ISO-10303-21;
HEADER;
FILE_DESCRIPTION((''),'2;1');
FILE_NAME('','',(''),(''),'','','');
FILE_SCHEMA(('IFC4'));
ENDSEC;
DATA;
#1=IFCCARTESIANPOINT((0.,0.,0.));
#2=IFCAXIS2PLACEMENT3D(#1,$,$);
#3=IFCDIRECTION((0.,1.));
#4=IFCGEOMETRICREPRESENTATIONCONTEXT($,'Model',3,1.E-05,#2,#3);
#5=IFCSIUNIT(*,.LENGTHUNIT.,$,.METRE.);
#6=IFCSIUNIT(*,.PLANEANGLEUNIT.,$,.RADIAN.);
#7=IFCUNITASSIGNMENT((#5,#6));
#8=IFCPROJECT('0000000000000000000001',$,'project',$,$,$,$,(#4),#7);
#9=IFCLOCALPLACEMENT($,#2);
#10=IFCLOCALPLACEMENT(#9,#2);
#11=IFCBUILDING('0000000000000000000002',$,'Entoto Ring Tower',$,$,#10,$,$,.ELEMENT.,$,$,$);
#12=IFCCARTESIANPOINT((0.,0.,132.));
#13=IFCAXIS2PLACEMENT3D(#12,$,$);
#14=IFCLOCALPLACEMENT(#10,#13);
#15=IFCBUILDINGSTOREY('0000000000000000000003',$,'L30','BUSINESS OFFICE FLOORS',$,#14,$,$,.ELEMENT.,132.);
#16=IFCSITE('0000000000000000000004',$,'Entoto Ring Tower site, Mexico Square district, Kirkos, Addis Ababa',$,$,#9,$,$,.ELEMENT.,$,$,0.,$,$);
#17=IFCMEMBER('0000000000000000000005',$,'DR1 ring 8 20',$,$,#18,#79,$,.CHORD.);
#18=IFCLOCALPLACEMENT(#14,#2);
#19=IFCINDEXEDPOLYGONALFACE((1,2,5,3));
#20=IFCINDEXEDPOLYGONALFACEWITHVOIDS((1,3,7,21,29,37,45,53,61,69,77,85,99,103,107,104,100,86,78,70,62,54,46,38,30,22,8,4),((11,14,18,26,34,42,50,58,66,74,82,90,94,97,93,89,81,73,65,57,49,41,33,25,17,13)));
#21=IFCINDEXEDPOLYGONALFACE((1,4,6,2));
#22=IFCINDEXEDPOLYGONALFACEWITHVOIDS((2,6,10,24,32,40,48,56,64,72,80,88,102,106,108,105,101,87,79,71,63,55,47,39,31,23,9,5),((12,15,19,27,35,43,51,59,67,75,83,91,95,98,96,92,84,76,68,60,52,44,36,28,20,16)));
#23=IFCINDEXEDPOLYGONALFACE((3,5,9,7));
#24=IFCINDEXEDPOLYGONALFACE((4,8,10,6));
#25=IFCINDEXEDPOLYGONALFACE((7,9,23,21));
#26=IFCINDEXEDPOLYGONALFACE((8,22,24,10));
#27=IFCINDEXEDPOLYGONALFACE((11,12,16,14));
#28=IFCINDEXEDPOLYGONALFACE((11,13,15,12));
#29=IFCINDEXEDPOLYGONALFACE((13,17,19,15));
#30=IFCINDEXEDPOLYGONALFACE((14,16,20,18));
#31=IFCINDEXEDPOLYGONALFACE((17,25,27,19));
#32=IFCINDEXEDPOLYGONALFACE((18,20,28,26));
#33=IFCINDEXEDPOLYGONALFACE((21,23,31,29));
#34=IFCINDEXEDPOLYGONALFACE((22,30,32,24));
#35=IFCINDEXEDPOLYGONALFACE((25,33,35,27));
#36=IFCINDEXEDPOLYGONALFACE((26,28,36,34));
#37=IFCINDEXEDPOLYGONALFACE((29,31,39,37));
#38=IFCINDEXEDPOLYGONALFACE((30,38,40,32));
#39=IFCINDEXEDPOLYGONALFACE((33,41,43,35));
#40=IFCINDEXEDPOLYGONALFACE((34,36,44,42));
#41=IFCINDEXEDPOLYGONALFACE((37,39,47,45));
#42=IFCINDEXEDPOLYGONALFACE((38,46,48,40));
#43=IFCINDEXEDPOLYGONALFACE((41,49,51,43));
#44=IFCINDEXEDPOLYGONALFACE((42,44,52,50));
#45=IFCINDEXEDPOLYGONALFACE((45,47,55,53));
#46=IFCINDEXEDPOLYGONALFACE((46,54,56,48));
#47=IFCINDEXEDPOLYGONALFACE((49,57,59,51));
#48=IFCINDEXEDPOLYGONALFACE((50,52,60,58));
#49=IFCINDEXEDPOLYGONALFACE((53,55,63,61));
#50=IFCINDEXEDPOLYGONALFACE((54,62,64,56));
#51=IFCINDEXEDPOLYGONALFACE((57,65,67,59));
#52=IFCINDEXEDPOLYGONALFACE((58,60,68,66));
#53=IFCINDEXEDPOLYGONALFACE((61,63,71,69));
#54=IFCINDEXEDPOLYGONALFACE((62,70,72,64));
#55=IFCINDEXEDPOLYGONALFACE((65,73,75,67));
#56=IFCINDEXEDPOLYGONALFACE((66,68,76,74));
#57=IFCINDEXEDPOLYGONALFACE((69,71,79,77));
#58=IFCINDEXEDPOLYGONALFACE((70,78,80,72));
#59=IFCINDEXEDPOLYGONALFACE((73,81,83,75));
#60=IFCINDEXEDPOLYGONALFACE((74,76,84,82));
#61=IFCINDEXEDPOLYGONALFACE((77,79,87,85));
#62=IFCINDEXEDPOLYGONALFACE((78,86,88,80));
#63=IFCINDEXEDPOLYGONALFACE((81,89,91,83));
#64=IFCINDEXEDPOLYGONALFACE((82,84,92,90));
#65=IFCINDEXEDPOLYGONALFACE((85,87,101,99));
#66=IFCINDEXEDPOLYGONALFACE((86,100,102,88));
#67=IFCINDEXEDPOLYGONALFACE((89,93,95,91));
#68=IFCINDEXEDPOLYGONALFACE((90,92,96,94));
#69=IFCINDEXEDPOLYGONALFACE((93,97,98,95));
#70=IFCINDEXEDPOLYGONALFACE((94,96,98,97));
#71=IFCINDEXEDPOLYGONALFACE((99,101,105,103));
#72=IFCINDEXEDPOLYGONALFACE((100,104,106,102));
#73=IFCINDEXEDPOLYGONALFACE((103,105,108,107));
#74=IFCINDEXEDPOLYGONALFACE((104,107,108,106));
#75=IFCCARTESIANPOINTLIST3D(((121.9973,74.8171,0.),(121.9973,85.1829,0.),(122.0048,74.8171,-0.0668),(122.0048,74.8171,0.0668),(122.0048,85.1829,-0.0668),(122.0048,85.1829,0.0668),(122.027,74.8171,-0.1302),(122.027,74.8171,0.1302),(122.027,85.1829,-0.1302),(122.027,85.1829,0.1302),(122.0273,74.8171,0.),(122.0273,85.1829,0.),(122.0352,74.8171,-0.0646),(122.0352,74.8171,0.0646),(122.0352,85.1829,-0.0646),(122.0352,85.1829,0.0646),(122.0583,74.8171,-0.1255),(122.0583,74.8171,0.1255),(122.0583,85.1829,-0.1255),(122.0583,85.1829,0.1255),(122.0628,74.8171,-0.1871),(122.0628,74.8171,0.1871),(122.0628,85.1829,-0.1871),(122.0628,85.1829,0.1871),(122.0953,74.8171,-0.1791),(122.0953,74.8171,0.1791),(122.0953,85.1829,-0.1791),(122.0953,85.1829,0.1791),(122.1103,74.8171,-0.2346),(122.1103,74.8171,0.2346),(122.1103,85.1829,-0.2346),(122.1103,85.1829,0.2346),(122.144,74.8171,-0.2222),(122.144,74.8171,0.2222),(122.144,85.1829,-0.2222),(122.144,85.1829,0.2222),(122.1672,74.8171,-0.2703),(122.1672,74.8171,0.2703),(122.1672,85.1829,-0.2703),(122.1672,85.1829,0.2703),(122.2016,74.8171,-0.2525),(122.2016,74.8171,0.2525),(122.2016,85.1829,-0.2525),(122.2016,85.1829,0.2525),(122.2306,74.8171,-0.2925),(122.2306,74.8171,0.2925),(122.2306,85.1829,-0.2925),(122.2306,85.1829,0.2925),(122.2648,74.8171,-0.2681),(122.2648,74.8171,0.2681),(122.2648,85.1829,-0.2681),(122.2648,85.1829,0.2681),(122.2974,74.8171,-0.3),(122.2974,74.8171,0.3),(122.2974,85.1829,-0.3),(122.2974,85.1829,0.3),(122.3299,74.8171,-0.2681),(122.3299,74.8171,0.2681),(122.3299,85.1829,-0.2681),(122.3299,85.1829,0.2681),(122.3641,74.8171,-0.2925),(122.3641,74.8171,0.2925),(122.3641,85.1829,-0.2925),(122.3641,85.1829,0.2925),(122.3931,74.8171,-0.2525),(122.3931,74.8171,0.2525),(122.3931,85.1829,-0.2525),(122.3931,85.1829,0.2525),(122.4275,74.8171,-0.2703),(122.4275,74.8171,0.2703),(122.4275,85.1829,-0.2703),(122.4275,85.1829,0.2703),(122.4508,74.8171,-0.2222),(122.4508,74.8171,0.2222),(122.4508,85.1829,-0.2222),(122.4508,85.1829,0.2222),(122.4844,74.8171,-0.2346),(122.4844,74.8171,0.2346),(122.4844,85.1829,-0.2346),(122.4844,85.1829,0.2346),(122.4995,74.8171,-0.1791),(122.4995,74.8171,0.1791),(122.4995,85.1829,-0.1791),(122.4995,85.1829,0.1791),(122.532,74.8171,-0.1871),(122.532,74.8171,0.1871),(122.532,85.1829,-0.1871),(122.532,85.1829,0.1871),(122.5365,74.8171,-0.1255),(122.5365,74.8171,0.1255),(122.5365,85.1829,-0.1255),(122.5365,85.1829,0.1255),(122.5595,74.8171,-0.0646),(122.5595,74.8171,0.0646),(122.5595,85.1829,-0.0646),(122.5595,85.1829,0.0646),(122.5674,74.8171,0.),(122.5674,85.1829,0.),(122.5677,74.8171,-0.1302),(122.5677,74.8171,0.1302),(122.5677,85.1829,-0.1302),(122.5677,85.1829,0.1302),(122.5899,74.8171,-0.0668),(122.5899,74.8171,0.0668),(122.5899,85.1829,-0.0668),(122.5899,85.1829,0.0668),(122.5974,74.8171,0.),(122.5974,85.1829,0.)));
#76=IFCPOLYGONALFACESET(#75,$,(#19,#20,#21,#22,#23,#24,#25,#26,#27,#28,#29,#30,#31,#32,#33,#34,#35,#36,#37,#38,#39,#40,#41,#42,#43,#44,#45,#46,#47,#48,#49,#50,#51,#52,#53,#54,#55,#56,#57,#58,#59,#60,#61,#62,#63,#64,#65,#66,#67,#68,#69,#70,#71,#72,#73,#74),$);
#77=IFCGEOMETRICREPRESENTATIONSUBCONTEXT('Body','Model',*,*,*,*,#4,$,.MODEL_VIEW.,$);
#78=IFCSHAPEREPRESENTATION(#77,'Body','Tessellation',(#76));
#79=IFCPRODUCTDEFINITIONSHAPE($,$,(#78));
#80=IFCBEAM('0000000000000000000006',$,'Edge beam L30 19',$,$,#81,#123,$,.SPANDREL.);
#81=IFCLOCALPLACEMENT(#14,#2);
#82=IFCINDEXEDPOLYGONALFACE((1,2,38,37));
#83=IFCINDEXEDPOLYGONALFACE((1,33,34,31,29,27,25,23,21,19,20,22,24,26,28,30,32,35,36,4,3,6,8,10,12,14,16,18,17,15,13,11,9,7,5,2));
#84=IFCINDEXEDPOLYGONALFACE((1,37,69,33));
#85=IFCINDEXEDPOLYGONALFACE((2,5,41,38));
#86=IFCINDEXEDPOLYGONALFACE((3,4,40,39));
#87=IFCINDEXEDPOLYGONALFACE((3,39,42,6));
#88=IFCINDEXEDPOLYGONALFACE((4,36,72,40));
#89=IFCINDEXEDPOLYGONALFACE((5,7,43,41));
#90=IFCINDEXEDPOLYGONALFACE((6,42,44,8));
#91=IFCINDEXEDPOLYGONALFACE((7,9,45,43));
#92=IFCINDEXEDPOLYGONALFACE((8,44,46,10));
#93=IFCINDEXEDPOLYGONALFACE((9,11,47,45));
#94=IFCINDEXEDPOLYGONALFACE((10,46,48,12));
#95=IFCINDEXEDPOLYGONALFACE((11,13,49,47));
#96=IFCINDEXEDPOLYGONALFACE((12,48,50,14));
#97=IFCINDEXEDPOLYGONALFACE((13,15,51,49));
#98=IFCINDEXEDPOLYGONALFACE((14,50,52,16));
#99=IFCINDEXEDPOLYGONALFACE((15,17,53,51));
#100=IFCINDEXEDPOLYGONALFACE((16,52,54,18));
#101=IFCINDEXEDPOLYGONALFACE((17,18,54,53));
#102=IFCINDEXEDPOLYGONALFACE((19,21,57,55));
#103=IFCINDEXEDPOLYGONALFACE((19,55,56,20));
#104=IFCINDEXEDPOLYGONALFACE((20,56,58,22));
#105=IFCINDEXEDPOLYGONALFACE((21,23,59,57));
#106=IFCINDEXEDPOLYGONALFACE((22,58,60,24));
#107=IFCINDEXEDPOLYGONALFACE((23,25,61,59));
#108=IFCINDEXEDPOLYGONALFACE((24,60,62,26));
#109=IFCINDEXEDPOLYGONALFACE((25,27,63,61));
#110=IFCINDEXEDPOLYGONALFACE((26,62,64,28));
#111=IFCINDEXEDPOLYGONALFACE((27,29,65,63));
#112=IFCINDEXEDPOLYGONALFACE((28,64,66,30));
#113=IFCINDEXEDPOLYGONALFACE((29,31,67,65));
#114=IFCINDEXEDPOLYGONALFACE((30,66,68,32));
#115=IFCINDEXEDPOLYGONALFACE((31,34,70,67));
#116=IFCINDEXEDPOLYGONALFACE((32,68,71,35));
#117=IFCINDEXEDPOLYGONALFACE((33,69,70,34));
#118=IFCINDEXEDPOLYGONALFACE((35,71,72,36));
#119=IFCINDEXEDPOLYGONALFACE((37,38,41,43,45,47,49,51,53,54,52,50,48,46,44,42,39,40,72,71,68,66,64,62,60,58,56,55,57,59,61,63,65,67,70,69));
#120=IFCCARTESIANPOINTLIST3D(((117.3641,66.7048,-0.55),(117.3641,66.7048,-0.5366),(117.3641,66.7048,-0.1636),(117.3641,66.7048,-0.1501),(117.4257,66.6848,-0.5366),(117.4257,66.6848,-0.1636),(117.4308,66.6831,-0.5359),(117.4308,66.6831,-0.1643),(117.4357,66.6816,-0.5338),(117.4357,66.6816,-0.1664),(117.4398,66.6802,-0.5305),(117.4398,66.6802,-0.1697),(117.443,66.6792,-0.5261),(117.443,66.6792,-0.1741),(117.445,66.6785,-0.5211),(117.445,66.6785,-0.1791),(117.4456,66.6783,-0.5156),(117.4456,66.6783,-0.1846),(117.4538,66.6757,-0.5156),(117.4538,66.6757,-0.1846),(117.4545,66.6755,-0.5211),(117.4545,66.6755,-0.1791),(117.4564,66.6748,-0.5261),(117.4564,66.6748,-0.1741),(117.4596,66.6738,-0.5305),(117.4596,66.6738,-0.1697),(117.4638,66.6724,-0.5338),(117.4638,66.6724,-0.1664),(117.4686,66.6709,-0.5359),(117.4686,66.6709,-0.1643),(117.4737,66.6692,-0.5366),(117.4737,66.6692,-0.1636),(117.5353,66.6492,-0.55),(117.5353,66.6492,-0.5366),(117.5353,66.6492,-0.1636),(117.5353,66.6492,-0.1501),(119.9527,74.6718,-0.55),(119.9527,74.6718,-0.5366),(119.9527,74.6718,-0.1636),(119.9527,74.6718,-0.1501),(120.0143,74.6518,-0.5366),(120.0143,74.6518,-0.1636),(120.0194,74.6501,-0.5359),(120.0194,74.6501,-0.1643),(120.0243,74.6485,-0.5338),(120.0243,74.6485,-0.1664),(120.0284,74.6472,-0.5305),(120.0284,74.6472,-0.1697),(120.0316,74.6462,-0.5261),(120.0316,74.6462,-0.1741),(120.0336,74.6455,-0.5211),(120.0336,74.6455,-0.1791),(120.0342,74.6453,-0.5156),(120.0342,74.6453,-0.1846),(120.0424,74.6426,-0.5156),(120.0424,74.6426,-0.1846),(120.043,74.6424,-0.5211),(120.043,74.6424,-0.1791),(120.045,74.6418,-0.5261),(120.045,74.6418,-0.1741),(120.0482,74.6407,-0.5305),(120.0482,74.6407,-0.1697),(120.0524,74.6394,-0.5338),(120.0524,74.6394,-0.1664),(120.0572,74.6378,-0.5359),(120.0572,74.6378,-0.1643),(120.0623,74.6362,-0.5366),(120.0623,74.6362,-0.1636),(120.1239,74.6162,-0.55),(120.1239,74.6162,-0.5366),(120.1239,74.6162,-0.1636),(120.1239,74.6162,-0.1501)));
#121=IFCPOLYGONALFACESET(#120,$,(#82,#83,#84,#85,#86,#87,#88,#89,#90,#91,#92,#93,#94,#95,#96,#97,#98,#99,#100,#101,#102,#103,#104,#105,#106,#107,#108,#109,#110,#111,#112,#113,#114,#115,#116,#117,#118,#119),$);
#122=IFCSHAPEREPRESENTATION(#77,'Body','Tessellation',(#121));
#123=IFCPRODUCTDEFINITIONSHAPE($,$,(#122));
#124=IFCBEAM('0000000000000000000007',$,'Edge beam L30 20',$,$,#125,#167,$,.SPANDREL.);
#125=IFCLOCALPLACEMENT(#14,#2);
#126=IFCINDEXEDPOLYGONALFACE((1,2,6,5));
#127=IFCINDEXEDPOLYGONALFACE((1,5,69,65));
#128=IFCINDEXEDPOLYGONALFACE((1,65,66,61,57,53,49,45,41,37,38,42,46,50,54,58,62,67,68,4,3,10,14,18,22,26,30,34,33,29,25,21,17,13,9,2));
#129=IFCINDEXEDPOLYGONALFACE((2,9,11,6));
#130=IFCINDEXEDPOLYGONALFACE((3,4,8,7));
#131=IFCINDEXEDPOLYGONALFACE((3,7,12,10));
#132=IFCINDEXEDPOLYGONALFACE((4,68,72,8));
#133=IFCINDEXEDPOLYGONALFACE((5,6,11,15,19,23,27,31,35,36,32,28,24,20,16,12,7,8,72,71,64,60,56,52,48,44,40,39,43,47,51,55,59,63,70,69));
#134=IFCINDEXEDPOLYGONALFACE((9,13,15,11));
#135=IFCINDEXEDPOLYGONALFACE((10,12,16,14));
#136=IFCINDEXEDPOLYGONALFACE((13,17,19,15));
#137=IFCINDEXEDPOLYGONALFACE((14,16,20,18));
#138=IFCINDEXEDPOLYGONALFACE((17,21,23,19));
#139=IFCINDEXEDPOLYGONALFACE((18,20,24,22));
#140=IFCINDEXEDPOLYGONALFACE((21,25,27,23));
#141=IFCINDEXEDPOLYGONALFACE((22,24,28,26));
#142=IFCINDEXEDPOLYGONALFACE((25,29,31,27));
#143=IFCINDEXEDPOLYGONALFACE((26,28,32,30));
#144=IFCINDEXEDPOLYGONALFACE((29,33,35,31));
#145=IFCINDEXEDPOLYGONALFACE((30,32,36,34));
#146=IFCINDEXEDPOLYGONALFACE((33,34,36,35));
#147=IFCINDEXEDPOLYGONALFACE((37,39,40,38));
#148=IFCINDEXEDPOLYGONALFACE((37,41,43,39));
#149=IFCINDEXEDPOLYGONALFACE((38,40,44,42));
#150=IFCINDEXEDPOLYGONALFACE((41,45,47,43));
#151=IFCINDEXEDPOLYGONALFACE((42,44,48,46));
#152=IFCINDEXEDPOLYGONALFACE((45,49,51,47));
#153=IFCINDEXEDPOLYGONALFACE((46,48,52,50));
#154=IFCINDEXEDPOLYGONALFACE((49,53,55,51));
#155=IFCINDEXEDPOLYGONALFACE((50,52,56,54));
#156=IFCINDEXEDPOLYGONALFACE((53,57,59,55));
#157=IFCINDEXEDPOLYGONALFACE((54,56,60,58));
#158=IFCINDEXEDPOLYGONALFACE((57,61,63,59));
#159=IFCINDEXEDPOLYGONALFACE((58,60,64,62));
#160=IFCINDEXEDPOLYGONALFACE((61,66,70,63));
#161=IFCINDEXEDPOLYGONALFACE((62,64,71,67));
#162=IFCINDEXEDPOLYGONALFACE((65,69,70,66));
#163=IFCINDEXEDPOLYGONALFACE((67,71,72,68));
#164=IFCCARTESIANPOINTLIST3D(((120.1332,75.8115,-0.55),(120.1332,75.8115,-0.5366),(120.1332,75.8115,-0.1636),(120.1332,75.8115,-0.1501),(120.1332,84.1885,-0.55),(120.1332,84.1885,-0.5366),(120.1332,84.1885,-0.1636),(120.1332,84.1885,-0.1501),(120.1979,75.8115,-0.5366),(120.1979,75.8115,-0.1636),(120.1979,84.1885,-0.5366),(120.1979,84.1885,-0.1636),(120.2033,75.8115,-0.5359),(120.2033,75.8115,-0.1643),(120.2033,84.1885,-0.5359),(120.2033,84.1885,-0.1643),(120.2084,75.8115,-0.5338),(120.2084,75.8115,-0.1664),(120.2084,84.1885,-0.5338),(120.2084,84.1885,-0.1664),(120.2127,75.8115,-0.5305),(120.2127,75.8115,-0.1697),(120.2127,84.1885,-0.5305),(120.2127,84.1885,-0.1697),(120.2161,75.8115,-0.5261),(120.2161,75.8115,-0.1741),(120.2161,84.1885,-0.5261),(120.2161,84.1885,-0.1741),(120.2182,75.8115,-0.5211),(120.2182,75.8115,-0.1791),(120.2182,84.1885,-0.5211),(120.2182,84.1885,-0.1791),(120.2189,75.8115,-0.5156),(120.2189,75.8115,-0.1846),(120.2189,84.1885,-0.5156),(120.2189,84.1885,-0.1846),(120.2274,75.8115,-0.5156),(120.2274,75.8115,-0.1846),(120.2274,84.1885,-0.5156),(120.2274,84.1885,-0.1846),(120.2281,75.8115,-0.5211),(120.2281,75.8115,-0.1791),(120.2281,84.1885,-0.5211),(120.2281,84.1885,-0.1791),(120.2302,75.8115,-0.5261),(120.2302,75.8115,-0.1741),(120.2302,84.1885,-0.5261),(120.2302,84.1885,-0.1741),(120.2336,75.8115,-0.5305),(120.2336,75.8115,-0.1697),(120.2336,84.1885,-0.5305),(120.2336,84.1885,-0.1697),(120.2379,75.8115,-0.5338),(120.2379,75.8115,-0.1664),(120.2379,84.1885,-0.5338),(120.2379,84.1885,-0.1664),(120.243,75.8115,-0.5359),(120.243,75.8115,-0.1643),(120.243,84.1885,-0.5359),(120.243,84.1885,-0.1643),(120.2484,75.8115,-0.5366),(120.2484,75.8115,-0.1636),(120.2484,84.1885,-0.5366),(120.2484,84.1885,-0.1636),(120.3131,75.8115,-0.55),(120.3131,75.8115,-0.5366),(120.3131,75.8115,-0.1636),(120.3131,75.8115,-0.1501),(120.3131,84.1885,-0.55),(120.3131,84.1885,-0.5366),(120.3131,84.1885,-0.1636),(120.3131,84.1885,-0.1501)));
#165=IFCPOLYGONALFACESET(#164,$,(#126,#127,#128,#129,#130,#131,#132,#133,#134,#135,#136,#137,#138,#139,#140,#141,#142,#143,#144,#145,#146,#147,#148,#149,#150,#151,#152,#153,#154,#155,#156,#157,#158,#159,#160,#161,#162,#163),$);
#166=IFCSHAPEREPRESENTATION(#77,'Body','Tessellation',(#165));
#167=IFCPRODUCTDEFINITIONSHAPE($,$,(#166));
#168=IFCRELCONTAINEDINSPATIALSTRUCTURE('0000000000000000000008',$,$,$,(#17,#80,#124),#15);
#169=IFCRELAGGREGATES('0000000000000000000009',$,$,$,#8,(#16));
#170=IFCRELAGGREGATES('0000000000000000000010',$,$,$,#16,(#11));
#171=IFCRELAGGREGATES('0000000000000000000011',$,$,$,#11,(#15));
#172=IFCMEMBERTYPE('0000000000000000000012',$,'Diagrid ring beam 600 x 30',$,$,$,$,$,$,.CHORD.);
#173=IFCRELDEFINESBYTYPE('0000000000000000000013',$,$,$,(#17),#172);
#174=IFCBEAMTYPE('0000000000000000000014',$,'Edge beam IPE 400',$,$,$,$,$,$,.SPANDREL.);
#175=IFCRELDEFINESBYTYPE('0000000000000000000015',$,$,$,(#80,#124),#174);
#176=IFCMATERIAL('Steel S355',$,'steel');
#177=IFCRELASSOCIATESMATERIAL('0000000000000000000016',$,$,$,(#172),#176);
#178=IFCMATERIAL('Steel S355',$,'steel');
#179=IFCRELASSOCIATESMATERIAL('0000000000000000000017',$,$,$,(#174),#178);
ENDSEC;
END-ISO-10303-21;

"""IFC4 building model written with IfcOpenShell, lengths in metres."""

from ifc_helpers import new_model, si_unit, direction, frame, origin, origin_2d, place, context, subcontext, project, spatial, circle, hollow_circle, i_section, extrude, material, material_profile, profile_set, type_object, element, save


model = new_model("IFC4")

# Units and contexts
model_context = context("Model", 3, precision=1e-05, world=origin(), true_north=direction((0.0, 1.0)))
body_context = subcontext(model_context, "Body", "Model", "MODEL_VIEW")
ifc_project = project(units=[si_unit("LENGTHUNIT", "METRE"), si_unit("PLANEANGLEUNIT", "RADIAN")], contexts=[model_context])

# Site, building, storey
site_placement = place(None, origin())
site = spatial("IfcSite", under=ifc_project, at=site_placement, Name="Entoto Ring Tower site, Mexico Square district, Kirkos, Addis Ababa", CompositionType="ELEMENT", RefElevation=0.0)
building_placement = place(site_placement, origin())
building = spatial("IfcBuilding", under=site, at=building_placement, Name="Entoto Ring Tower", CompositionType="ELEMENT")
storey_placement = place(building_placement, frame((0.0, 0.0, 132.0)))
storey = spatial("IfcBuildingStorey", under=building, at=storey_placement, Name="L30", Description="BUSINESS OFFICE FLOORS", CompositionType="ELEMENT", Elevation=132.0)

# Member
ifc_material_1 = material(Name="Steel S355", Category="steel")
ifc_material_profile_1 = material_profile(ifc_material_1, hollow_circle(Radius=0.3, WallThickness=0.03, at=origin_2d()), Name="CHS 600 x 30")
ifc_material_2 = material(Name="Concrete C60/75", Category="concrete")
ifc_material_profile_2 = material_profile(ifc_material_2, circle(Radius=0.27, at=origin_2d()), Name="Concrete C60/75 infill")
ifc_profile_set_1 = profile_set([ifc_material_profile_1, ifc_material_profile_2], Name="Steel S355")
member_type_1 = type_object("IfcMemberType", Name="Diagrid ring beam 600 x 30", PredefinedType="CHORD", material=ifc_profile_set_1)
member_1_placement = place(storey_placement, frame((122.2974, 74.8171, 0.0), z_axis=(0.0, 1.0, 0.0), x_axis=(-1.0, 0.0, 0.0)))
element("IfcMember", 1, at=member_1_placement, inside=storey, type_object=member_type_1, Name="DR1 ring 8 20", PredefinedType="CHORD", context=body_context, shape_type="SweptSolid", body=[
    extrude(hollow_circle(Radius=0.3, WallThickness=0.03, at=origin_2d()), origin(), (0.0, 0.0, 1.0), 10.3657),
])

# Beams
ifc_material_3 = material(Name="Steel S355", Category="steel")
ifc_material_profile_3 = material_profile(ifc_material_3, i_section(OverallWidth=0.1799, OverallDepth=0.3999, WebThickness=0.0085, FlangeThickness=0.0134, FilletRadius=0.021, at=origin_2d()), Name="IPE 400")
ifc_profile_set_2 = profile_set([ifc_material_profile_3], Name="Steel S355")
beam_type_1 = type_object("IfcBeamType", Name="Edge beam IPE 400", PredefinedType="SPANDREL", material=ifc_profile_set_2)
for number, where, z_axis, x_axis, name in (
    (2, (117.4497, 66.677, -0.3501), (0.309014, 0.951057, 0.0), (-0.951057, 0.309014, 0.0), "Edge beam L30 19"),
    (3, (120.2231, 75.8115, -0.3501), (0.0, 1.0, 0.0), (-1.0, 0.0, 0.0), "Edge beam L30 20"),
):
    element("IfcBeam", number, at=place(storey_placement, frame(where, z_axis=z_axis, x_axis=x_axis)), inside=storey, type_object=beam_type_1, Name=name, PredefinedType="SPANDREL", context=body_context, shape_type="SweptSolid", body=[
        extrude(i_section(OverallWidth=0.1799, OverallDepth=0.3999, WebThickness=0.0085, FlangeThickness=0.0134, FilletRadius=0.021, at=origin_2d()), origin(), (0.0, 0.0, 1.0), 8.377),
    ])

save(model, "model.ifc")
